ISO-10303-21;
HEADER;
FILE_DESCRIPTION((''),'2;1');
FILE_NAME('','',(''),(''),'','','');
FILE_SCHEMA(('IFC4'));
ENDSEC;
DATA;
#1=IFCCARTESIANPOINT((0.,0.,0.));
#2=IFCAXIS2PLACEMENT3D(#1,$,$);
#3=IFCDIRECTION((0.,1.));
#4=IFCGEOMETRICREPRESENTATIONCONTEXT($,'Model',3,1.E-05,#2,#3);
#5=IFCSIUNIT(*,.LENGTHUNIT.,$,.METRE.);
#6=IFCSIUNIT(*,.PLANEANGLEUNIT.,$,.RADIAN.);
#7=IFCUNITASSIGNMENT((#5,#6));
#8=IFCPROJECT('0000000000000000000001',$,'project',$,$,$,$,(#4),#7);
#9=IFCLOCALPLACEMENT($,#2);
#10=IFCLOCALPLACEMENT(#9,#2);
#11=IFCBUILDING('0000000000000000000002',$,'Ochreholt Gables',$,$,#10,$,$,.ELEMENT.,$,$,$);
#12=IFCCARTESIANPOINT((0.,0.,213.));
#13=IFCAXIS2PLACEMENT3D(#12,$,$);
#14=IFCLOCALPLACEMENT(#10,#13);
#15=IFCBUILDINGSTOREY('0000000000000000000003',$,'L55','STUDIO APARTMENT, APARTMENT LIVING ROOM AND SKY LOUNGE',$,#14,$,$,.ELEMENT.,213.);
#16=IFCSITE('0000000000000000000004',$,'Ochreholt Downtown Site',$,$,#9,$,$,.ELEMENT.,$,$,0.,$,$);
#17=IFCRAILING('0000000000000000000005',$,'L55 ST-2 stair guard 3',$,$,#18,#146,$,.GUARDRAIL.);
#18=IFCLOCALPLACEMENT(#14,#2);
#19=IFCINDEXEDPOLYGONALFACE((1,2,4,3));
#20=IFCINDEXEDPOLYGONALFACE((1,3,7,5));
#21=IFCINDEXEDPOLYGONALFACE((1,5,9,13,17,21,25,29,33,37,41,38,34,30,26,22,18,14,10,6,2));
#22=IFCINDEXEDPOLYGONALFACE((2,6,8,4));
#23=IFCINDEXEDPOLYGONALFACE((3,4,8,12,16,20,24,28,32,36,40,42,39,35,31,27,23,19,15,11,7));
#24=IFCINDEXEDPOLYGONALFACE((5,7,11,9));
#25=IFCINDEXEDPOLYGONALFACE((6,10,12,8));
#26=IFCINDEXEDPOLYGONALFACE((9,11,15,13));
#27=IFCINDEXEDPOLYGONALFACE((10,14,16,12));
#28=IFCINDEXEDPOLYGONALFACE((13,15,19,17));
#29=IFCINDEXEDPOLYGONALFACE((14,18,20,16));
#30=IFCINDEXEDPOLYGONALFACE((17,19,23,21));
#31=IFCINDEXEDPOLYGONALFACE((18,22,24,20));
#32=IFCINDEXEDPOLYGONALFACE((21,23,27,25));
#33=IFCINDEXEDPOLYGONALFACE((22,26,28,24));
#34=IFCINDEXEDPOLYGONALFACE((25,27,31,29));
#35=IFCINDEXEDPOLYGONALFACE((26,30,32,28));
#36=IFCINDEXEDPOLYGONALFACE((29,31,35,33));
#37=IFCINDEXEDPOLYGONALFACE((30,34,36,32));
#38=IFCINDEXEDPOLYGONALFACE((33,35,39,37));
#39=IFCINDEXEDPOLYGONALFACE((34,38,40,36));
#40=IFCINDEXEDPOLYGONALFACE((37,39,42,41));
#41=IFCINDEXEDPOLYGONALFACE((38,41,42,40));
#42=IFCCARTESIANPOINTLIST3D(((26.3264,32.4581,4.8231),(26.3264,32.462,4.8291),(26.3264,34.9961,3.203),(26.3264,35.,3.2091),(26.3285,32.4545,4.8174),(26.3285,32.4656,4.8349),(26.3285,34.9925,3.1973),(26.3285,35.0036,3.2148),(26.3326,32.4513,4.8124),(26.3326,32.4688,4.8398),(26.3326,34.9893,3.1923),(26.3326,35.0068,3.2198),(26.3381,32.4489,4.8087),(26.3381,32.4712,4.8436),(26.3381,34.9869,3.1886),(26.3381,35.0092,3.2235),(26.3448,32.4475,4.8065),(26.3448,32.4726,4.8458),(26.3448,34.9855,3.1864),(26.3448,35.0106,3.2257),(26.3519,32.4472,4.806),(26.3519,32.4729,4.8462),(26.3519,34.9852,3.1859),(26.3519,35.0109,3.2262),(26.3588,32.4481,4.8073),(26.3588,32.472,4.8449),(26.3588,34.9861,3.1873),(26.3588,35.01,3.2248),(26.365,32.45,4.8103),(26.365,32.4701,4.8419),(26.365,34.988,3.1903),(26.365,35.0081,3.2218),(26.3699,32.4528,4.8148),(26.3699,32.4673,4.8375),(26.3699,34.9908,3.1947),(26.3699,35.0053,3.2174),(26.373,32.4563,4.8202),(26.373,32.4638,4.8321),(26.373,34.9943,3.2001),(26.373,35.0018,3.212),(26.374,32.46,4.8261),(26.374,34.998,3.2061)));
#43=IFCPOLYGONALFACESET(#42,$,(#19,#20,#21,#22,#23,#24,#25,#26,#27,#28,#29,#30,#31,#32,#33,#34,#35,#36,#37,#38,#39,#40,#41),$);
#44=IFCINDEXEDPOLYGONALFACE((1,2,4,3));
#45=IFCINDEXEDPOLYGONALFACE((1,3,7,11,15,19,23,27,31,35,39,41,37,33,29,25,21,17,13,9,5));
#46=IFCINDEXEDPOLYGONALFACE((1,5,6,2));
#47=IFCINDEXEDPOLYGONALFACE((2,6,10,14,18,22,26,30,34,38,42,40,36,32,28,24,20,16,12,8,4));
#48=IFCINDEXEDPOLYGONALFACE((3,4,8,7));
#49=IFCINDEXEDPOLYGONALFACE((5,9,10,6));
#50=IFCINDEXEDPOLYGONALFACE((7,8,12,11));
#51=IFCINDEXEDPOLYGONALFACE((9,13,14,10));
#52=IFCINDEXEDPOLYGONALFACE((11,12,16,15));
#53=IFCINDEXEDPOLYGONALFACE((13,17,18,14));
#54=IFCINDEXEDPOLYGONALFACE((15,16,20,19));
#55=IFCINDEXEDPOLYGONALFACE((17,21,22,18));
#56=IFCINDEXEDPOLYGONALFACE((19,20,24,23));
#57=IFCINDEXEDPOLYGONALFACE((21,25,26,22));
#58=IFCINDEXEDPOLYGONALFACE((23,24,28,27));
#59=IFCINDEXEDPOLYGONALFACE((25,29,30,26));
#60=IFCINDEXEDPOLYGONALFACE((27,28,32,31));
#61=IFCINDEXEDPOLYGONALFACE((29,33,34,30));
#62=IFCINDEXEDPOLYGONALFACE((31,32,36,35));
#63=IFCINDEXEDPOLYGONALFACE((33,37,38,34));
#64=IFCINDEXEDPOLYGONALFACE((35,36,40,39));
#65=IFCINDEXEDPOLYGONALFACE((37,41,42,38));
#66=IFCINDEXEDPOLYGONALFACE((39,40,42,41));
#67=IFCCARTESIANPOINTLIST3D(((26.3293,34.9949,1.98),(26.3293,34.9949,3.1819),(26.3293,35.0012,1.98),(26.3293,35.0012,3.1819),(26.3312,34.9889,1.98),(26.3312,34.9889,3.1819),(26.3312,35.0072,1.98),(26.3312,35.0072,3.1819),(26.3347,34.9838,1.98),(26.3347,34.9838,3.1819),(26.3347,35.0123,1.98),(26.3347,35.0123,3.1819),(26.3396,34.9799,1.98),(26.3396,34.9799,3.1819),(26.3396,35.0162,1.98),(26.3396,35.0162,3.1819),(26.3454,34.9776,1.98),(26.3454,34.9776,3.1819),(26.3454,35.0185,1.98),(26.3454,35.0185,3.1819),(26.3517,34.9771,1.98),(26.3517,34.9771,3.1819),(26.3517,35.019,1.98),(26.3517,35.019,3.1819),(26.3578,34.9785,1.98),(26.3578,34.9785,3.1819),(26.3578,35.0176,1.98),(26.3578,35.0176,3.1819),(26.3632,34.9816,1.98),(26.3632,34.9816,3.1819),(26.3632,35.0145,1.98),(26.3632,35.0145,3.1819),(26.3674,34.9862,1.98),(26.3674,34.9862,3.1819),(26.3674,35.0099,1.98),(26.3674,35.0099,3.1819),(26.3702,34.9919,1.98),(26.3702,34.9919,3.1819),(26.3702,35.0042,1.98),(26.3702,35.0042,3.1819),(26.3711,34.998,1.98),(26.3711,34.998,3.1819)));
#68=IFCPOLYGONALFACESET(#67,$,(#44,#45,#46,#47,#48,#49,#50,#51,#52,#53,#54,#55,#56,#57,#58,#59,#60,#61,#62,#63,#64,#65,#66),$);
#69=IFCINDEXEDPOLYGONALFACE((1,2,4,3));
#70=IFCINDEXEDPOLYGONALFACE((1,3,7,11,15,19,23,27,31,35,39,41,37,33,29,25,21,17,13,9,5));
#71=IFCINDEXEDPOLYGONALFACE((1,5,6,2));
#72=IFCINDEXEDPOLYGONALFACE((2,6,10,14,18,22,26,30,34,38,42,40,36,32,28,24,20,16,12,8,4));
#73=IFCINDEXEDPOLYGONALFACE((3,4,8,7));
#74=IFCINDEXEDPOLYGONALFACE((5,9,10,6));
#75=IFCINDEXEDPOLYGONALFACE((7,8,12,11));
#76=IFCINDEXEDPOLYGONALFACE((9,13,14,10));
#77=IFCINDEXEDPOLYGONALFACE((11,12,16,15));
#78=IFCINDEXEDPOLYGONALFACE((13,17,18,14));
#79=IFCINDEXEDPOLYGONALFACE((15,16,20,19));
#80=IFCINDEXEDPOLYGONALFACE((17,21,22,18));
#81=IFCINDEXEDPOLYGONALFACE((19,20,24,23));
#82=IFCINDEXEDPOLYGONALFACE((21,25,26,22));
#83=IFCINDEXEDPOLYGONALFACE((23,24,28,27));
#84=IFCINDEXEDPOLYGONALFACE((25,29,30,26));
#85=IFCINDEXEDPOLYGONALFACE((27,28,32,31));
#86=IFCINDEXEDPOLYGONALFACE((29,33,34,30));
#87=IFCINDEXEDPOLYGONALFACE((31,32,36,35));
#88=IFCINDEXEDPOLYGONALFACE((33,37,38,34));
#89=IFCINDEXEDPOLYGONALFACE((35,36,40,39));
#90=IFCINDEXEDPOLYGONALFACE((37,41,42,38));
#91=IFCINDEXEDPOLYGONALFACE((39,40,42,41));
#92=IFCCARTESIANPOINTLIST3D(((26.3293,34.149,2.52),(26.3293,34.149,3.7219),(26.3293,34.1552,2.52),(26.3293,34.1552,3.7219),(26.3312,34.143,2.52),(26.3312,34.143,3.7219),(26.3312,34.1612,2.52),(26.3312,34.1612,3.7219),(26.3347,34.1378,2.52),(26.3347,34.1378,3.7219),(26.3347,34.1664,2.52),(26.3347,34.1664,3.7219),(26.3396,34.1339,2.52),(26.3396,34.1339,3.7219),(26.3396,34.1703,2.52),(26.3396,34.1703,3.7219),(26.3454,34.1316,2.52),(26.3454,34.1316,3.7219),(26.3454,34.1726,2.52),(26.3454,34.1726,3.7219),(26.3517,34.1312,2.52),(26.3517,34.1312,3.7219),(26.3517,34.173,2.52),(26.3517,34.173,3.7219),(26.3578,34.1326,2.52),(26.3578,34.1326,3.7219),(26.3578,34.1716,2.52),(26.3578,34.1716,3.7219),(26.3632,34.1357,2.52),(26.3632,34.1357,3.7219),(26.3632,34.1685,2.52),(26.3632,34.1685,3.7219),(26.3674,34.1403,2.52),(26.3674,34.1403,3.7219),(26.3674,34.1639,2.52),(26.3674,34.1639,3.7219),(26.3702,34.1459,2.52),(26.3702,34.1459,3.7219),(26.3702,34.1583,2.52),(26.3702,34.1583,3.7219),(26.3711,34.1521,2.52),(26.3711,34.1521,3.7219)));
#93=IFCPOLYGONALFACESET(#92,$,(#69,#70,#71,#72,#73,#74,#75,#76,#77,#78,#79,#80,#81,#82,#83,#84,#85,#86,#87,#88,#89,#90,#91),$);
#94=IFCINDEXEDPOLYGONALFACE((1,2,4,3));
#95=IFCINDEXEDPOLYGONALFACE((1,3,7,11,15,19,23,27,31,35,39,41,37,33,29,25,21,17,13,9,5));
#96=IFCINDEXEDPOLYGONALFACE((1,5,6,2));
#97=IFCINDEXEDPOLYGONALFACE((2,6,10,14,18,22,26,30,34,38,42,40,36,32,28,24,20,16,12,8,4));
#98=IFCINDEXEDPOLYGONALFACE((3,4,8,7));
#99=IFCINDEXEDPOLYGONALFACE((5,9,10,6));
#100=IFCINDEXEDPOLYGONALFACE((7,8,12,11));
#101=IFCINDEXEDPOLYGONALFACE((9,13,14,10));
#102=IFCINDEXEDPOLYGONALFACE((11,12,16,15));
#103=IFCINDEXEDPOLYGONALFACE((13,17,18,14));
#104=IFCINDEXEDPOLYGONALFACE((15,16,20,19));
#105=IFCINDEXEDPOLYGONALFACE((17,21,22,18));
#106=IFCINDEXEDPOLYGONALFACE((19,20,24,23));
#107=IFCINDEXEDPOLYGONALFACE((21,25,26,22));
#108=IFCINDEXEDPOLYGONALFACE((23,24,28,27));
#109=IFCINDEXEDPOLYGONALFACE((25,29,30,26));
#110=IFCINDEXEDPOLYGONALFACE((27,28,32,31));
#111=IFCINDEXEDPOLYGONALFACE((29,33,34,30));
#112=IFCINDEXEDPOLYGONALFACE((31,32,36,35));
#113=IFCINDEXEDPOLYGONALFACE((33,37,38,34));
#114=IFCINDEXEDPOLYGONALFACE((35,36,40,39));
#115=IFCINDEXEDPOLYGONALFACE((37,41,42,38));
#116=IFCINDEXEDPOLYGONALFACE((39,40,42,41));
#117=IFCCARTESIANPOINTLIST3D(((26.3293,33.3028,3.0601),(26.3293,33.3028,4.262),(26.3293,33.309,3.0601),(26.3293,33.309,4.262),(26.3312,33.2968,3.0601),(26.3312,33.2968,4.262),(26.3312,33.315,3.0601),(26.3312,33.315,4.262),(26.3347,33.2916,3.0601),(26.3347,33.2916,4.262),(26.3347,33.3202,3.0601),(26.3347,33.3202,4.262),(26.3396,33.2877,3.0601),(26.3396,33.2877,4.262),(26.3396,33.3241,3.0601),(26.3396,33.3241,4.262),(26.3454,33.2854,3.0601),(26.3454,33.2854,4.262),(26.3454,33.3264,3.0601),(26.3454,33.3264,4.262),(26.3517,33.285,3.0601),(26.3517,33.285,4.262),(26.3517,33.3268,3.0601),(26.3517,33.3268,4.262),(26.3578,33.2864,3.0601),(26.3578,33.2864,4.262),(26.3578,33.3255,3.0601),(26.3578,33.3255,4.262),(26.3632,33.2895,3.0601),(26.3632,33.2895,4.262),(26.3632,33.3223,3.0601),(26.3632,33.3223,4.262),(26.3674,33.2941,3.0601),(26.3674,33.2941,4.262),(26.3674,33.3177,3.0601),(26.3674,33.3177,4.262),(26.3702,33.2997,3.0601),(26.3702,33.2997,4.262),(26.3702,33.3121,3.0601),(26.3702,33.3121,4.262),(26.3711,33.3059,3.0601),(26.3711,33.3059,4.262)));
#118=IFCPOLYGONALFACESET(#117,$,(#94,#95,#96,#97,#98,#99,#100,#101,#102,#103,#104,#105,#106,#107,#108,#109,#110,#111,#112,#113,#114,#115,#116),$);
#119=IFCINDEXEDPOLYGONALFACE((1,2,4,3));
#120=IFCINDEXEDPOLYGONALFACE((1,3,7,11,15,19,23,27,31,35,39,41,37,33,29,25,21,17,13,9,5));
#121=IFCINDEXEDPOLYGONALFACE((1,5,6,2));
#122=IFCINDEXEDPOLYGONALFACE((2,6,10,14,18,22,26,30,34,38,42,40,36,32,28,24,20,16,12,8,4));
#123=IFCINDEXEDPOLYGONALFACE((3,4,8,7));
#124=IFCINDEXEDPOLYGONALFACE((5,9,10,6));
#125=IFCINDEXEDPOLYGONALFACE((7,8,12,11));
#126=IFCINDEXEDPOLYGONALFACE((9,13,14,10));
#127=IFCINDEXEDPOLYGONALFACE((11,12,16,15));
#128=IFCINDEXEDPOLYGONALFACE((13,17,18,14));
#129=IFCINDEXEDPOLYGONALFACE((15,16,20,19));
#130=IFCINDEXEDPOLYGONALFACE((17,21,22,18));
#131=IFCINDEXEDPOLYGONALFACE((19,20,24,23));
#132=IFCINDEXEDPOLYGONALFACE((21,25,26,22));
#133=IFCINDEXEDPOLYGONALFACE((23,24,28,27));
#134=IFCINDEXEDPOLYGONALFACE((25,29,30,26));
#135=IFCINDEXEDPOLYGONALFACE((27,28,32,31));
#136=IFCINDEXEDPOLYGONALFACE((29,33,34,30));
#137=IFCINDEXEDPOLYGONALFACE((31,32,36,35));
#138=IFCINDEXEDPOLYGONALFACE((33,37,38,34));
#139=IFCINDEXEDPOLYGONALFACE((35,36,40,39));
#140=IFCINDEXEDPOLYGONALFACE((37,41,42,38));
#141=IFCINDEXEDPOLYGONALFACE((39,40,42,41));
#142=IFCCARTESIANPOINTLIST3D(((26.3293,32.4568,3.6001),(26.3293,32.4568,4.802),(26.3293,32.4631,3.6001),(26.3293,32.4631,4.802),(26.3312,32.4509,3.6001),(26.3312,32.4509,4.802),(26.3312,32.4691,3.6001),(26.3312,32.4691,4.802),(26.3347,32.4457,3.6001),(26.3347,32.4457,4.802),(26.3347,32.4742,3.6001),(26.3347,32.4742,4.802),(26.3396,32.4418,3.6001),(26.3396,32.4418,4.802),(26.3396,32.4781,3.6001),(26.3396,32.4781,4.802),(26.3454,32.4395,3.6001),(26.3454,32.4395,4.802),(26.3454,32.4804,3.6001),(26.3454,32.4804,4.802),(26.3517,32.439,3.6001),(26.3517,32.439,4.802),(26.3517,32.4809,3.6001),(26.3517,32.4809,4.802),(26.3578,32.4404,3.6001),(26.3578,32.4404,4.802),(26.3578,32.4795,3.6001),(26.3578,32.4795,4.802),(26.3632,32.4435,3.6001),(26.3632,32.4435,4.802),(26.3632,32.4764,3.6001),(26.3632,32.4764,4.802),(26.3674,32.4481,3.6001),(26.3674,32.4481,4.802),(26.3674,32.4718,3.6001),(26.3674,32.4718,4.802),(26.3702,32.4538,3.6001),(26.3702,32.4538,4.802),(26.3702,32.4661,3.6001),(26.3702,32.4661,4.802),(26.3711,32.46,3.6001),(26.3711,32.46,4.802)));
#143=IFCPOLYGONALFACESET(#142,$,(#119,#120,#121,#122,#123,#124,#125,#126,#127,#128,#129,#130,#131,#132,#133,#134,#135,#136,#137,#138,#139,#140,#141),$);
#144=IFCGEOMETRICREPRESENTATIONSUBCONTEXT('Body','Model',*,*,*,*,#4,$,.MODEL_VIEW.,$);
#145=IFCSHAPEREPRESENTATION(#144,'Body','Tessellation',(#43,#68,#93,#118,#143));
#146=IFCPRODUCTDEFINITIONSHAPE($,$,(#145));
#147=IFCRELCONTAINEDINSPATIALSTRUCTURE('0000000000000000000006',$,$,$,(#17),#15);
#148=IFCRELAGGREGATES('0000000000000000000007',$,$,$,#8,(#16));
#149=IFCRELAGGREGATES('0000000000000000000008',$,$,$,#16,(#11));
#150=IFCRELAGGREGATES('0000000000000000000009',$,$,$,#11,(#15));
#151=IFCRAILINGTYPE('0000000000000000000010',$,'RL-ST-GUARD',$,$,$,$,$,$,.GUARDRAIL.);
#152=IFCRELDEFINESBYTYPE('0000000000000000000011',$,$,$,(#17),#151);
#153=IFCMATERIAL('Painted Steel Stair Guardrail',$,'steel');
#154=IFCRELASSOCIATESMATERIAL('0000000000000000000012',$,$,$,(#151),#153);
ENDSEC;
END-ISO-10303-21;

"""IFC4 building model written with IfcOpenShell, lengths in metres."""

from ifc_helpers import new_model, si_unit, direction, frame, origin, origin_2d, place, context, subcontext, project, spatial, circle, extrude, material, type_object, element, save


model = new_model("IFC4")

# Units and contexts
model_context = context("Model", 3, precision=1e-05, world=origin(), true_north=direction((0.0, 1.0)))
body_context = subcontext(model_context, "Body", "Model", "MODEL_VIEW")
ifc_project = project(units=[si_unit("LENGTHUNIT", "METRE"), si_unit("PLANEANGLEUNIT", "RADIAN")], contexts=[model_context])

# Site, building, storey
site_placement = place(None, origin())
site = spatial("IfcSite", under=ifc_project, at=site_placement, Name="Ochreholt Downtown Site", CompositionType="ELEMENT", RefElevation=0.0)
building_placement = place(site_placement, origin())
building = spatial("IfcBuilding", under=site, at=building_placement, Name="Ochreholt Gables", CompositionType="ELEMENT")
storey_placement = place(building_placement, frame((0.0, 0.0, 213.0)))
storey = spatial("IfcBuildingStorey", under=building, at=storey_placement, Name="L55", Description="STUDIO APARTMENT, APARTMENT LIVING ROOM AND SKY LOUNGE", CompositionType="ELEMENT", Elevation=213.0)

# Railing
ifc_material_1 = material(Name="Painted Steel Stair Guardrail", Category="steel")
railing_type_1 = type_object("IfcRailingType", Name="RL-ST-GUARD", PredefinedType="GUARDRAIL", material=ifc_material_1)
railing_1_placement = place(storey_placement, frame((26.3501, 34.998, 1.98)))
element("IfcRailing", 1, at=railing_1_placement, inside=storey, type_object=railing_type_1, Name="L55 ST-2 stair guard 3", PredefinedType="GUARDRAIL", context=body_context, shape_type="SweptSolid", body=[
    extrude(circle(Radius=0.0239, at=origin_2d()), frame((0.0, 0.0, 1.2261), z_axis=(0.0, -0.842913, 0.53805), x_axis=(1.0, 0.0, 0.0)), (0.0, 0.0, 1.0), 3.011),
    extrude(circle(Radius=0.021, at=origin_2d()), origin(), (0.0, 0.0, 1.0), 1.2019),
    extrude(circle(Radius=0.021, at=origin_2d()), frame((0.0, -0.8459, 0.54)), (0.0, 0.0, 1.0), 1.2019),
    extrude(circle(Radius=0.021, at=origin_2d()), frame((0.0, -1.6921, 1.0801)), (0.0, 0.0, 1.0), 1.2019),
    extrude(circle(Radius=0.021, at=origin_2d()), frame((0.0, -2.5381, 1.6201)), (0.0, 0.0, 1.0), 1.2019),
])

save(model, "model.ifc")
